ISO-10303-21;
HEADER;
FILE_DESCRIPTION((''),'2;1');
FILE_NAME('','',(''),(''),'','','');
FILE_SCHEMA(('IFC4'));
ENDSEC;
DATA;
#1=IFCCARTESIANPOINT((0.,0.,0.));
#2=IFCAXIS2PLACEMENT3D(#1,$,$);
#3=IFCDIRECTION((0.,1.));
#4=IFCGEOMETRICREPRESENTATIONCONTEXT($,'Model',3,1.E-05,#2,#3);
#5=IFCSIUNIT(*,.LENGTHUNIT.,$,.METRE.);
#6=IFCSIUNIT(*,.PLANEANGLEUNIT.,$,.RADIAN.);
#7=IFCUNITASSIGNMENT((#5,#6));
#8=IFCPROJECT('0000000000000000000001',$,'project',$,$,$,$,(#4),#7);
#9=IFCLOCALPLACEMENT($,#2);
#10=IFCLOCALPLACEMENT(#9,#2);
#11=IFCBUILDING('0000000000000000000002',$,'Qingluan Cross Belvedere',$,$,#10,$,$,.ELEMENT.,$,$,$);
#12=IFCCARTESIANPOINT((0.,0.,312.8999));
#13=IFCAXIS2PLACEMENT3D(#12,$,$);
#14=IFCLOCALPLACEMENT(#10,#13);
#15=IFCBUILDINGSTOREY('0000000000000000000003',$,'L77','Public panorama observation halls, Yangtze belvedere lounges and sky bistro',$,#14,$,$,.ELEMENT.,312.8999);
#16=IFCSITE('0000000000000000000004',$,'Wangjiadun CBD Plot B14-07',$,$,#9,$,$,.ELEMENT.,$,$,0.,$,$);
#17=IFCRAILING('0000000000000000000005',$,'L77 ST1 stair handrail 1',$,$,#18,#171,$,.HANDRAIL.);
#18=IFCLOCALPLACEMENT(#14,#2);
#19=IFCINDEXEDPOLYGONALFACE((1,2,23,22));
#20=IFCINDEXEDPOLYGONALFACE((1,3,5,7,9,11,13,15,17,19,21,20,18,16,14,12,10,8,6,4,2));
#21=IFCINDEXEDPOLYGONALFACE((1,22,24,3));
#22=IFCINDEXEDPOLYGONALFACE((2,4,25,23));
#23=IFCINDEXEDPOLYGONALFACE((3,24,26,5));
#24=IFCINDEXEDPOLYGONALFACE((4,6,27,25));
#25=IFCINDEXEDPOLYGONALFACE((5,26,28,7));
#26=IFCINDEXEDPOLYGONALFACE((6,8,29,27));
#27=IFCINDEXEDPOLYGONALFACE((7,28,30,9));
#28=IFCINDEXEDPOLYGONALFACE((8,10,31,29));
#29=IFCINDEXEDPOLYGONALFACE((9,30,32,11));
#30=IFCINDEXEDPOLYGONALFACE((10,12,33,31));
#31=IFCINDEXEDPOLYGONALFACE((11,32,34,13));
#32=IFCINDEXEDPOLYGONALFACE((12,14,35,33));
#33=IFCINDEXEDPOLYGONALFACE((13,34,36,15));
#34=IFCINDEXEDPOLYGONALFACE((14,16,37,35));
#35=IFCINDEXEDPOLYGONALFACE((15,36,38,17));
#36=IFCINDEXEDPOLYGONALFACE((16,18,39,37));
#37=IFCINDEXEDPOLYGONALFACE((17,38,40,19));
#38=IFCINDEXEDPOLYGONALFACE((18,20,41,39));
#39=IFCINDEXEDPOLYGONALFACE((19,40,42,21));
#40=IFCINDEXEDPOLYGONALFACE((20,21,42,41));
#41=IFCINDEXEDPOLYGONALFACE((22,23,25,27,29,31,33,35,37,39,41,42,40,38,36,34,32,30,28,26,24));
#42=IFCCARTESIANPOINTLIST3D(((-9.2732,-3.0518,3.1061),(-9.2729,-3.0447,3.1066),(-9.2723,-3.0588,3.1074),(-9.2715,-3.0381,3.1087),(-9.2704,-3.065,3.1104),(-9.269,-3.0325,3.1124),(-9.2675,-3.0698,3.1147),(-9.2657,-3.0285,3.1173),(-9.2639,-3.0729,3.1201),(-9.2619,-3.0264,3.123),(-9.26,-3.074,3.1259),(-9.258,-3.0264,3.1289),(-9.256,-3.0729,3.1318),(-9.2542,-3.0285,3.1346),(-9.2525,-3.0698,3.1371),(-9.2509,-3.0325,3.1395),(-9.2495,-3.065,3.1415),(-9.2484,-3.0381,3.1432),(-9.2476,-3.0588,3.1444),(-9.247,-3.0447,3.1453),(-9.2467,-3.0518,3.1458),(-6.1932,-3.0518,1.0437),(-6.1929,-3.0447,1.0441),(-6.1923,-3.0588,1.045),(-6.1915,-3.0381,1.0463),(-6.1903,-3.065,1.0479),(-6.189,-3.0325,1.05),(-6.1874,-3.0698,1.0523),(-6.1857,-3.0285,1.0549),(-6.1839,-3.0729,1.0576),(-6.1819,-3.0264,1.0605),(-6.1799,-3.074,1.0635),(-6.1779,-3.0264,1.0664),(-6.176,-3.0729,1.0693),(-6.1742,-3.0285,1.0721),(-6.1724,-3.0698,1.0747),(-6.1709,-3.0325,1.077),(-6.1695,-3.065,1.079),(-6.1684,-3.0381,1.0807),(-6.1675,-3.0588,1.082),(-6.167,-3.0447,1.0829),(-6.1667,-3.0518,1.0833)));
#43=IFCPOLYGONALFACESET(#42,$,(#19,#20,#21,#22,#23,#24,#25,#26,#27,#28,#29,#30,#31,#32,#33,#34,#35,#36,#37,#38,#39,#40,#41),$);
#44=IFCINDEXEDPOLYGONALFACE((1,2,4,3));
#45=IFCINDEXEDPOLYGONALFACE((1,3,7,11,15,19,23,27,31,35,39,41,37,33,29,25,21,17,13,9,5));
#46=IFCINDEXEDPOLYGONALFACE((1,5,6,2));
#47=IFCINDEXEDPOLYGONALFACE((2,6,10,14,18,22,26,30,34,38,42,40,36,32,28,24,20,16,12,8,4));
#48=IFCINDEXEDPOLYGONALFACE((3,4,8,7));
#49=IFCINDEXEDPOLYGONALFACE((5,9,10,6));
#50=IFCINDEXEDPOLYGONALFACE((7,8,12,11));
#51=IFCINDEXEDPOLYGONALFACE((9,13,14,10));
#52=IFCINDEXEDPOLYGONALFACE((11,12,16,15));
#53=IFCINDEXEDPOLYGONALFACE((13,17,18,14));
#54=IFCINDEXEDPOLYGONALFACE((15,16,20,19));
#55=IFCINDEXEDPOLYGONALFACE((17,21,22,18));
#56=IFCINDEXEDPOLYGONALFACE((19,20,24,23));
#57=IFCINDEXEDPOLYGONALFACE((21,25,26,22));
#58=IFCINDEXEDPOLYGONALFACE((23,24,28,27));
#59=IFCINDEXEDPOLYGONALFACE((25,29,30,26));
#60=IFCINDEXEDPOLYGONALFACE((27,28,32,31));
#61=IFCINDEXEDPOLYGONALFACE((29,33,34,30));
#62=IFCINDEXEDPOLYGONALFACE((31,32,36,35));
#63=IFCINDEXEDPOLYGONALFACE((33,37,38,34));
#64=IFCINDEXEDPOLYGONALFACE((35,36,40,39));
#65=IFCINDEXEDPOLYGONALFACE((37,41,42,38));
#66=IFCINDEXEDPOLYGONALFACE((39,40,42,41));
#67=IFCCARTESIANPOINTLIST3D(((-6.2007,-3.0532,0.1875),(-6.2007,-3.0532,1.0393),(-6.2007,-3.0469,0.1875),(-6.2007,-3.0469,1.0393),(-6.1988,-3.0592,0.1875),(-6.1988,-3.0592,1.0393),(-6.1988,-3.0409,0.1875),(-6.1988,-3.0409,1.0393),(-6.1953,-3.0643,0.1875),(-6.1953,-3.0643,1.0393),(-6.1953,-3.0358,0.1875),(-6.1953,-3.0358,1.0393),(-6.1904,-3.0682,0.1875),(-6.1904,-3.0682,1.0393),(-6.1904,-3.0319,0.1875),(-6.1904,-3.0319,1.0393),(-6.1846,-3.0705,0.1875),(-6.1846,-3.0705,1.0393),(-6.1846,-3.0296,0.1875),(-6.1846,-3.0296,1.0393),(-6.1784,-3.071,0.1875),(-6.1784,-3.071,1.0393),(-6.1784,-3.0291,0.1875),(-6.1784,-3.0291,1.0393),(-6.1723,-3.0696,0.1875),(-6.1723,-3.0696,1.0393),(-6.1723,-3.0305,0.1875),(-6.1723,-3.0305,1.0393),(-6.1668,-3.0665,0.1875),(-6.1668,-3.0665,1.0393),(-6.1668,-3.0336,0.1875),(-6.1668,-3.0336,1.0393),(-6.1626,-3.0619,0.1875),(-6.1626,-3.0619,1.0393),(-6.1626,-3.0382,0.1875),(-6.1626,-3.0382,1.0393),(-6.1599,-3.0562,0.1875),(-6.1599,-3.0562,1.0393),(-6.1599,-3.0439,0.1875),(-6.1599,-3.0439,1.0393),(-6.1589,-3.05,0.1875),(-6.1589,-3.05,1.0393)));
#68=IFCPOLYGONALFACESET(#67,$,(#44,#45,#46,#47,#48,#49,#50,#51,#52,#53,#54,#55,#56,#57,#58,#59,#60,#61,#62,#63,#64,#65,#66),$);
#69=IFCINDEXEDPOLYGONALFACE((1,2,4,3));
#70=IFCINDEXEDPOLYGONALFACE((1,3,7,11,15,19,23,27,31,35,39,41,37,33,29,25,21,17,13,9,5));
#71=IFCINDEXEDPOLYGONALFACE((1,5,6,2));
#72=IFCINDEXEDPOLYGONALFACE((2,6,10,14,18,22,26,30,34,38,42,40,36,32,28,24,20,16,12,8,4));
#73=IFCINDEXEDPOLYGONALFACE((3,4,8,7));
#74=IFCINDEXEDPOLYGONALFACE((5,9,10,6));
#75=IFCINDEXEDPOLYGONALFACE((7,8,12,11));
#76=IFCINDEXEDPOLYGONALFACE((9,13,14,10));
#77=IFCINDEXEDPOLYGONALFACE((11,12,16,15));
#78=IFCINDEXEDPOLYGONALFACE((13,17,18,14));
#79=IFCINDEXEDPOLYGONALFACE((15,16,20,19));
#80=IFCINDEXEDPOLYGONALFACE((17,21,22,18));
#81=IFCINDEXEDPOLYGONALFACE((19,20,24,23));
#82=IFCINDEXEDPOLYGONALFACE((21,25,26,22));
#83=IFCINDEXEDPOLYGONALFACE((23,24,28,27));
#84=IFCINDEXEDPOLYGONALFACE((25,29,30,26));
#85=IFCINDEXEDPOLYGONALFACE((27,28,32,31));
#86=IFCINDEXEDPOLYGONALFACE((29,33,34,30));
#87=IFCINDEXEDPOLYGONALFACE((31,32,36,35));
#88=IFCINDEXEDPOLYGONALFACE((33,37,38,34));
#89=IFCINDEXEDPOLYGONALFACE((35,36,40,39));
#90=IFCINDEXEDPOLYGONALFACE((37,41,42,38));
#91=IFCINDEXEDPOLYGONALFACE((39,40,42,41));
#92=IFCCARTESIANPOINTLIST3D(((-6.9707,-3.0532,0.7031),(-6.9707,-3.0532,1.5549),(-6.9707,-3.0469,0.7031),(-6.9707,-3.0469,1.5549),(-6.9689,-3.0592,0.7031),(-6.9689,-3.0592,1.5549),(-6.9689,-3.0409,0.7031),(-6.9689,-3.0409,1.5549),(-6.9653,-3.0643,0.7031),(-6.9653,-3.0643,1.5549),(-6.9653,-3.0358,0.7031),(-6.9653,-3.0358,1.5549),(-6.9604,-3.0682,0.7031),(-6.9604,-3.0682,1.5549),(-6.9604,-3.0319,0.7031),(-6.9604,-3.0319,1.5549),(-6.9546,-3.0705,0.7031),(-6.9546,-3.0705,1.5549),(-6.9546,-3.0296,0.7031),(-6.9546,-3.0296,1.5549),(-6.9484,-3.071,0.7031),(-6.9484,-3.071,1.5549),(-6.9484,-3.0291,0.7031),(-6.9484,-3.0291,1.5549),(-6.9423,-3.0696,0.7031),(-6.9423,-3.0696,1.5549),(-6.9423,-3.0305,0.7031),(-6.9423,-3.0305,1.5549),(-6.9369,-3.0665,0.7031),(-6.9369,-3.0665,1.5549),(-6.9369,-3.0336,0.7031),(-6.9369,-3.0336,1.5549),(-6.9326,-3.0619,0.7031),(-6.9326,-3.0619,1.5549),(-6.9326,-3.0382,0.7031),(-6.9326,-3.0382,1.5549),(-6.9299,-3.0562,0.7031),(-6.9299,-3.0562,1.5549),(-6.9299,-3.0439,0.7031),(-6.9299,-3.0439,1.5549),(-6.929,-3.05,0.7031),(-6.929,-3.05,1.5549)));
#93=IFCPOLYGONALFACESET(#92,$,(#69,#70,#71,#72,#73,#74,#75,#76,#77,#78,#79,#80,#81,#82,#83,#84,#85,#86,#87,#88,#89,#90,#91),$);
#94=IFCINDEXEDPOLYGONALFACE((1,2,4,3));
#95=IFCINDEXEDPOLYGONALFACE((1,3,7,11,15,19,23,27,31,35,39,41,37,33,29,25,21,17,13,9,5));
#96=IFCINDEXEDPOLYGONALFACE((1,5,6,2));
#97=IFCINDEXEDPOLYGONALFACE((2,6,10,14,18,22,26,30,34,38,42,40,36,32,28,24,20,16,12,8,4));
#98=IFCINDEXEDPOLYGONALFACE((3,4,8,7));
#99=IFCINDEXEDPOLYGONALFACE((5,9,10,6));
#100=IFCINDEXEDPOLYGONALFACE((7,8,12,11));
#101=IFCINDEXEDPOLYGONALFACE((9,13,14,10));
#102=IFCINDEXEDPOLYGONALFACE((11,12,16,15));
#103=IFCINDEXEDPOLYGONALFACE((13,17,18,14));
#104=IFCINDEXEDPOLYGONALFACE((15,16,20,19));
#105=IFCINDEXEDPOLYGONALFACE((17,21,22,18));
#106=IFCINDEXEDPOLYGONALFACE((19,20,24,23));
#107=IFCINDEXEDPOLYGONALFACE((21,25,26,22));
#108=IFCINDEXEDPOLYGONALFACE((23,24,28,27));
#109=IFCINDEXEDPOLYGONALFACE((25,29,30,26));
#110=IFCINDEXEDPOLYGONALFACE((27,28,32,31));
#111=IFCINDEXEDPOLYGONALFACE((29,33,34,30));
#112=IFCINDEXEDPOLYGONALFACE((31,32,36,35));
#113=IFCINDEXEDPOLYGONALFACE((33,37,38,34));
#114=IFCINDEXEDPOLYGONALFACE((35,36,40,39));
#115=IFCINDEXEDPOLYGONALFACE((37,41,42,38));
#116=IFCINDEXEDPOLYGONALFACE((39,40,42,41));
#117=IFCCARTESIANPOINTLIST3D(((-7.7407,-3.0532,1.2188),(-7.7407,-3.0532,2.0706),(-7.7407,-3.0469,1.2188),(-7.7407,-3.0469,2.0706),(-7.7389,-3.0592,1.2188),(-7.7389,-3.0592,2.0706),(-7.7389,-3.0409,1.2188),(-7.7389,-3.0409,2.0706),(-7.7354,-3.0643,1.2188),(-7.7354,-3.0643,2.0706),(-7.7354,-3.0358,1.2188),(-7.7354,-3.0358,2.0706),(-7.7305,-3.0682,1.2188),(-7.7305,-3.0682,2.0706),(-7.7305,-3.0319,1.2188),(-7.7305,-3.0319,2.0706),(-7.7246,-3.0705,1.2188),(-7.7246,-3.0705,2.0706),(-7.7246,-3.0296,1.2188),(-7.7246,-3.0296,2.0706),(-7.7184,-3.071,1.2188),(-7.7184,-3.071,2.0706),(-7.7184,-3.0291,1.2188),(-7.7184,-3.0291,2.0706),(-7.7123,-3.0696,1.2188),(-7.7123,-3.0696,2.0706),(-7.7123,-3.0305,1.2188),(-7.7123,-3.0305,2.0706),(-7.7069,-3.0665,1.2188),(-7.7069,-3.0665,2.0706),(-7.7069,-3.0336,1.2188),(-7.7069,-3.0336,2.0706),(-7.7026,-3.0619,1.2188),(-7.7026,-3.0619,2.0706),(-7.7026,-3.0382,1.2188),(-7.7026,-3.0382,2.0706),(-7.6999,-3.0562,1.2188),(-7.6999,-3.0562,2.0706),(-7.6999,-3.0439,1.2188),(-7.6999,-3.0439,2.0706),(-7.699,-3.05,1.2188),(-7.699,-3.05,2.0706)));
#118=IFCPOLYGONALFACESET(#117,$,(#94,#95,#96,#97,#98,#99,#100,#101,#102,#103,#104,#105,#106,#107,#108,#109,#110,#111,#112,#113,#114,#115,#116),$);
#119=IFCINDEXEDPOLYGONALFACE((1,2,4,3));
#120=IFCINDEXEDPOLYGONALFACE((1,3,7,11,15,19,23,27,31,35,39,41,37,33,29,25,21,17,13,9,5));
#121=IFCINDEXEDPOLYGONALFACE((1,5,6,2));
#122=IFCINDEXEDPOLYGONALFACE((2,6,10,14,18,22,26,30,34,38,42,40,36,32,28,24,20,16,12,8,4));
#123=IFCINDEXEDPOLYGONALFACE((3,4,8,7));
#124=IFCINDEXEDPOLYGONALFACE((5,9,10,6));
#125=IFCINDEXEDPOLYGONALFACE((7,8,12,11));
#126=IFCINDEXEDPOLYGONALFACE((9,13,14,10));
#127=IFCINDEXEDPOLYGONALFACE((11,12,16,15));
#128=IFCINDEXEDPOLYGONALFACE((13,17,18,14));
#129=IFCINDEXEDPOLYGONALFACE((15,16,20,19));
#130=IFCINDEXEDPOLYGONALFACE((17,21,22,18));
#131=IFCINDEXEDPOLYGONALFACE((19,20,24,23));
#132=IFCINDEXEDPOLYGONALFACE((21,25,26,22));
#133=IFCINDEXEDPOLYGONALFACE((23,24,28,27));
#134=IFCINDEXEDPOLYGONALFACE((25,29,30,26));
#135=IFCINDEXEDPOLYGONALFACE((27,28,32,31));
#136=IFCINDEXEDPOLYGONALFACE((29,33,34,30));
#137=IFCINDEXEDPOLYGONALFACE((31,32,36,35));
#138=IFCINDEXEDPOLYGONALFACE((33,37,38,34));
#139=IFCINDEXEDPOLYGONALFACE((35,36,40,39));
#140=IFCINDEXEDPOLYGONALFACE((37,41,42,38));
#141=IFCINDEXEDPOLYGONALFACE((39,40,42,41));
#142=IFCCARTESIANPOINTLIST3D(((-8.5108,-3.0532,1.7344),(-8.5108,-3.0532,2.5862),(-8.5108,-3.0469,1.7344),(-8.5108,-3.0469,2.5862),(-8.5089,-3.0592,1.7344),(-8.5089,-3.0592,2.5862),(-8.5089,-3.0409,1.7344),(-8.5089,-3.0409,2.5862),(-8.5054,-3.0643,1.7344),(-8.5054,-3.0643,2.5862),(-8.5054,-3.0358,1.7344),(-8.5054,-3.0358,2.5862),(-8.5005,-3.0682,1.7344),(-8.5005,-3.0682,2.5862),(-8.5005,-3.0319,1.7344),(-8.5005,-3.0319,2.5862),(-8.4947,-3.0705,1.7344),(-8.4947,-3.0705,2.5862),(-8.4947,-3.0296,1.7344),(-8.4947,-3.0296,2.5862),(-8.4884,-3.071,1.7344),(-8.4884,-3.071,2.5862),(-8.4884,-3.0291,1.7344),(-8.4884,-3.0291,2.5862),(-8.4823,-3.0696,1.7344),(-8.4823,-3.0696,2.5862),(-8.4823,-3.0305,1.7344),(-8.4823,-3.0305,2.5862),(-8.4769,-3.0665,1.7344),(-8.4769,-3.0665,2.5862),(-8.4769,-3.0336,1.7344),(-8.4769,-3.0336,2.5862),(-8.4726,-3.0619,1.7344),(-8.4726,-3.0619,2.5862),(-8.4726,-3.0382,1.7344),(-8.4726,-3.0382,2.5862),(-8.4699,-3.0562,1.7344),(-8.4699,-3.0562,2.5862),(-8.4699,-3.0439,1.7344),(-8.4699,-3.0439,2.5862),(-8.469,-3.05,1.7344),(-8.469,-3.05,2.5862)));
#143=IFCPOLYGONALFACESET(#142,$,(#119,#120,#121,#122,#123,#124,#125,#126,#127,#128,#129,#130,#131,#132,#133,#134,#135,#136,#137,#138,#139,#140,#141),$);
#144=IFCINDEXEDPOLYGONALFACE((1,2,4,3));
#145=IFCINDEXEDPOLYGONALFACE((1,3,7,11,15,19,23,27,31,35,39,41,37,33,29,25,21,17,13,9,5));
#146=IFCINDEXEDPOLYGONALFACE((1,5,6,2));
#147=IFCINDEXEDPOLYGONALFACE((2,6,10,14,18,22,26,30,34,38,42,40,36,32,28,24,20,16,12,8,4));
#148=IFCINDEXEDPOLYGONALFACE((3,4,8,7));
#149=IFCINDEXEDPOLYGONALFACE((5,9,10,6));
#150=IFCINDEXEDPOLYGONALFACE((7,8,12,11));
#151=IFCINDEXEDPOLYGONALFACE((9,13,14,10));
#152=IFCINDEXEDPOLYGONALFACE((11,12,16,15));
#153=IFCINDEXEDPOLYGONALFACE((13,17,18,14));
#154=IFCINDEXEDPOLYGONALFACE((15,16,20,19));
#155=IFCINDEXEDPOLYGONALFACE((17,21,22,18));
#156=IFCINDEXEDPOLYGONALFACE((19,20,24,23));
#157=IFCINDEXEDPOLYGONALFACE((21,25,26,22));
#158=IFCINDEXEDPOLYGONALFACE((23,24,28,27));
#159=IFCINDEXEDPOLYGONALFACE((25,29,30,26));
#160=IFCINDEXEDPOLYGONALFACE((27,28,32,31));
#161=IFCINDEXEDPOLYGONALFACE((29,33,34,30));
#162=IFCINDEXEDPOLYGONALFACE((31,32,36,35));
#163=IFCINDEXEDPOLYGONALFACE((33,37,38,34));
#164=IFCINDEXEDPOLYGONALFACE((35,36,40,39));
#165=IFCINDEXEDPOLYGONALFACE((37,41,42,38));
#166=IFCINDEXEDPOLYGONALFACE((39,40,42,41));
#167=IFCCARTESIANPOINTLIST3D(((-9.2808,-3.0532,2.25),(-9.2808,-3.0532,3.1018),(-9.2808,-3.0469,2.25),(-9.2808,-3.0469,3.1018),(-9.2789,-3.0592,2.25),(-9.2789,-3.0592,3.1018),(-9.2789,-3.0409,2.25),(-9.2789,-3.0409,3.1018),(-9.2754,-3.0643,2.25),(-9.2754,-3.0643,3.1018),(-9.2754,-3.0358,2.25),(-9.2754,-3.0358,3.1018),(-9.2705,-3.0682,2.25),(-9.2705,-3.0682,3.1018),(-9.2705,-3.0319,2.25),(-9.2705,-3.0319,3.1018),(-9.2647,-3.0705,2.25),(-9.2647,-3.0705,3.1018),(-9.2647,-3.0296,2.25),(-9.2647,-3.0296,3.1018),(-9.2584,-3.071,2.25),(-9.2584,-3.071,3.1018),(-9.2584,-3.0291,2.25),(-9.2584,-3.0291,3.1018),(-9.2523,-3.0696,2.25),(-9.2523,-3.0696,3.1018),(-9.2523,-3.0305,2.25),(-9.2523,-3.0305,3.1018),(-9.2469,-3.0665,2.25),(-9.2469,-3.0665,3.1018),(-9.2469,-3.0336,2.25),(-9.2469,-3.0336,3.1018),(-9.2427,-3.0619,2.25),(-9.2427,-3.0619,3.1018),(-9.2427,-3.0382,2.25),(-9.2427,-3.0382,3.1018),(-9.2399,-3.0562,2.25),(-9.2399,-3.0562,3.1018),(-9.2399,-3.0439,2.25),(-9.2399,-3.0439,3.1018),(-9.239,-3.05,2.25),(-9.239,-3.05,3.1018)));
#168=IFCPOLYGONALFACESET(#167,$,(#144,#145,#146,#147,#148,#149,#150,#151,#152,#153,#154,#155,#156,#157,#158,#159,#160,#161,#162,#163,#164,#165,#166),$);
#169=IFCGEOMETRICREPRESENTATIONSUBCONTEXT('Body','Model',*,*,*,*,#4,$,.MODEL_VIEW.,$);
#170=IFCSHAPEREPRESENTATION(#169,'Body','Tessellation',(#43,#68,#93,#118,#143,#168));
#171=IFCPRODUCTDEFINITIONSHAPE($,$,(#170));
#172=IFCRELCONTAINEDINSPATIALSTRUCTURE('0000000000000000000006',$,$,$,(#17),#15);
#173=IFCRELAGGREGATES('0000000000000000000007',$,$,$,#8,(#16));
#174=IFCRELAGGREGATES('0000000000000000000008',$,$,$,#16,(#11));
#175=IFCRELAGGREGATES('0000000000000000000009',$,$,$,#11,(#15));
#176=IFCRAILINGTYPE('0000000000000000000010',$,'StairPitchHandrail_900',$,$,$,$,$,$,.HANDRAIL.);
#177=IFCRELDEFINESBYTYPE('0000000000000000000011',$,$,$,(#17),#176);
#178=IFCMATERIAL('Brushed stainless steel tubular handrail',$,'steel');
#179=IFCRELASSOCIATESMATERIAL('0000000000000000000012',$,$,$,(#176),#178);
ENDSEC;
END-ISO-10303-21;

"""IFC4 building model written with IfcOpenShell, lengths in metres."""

from ifc_helpers import new_model, si_unit, direction, frame, origin, origin_2d, place, context, subcontext, project, spatial, circle, extrude, material, type_object, element, save


model = new_model("IFC4")

# Units and contexts
model_context = context("Model", 3, precision=1e-05, world=origin(), true_north=direction((0.0, 1.0)))
body_context = subcontext(model_context, "Body", "Model", "MODEL_VIEW")
ifc_project = project(units=[si_unit("LENGTHUNIT", "METRE"), si_unit("PLANEANGLEUNIT", "RADIAN")], contexts=[model_context])

# Site, building, storey
site_placement = place(None, origin())
site = spatial("IfcSite", under=ifc_project, at=site_placement, Name="Wangjiadun CBD Plot B14-07", CompositionType="ELEMENT", RefElevation=0.0)
building_placement = place(site_placement, origin())
building = spatial("IfcBuilding", under=site, at=building_placement, Name="Qingluan Cross Belvedere", CompositionType="ELEMENT")
storey_placement = place(building_placement, frame((0.0, 0.0, 312.8999)))
storey = spatial("IfcBuildingStorey", under=building, at=storey_placement, Name="L77", Description="Public panorama observation halls, Yangtze belvedere lounges and sky bistro", CompositionType="ELEMENT", Elevation=312.8999)

# Railing
ifc_material_1 = material(Name="Brushed stainless steel tubular handrail", Category="steel")
railing_type_1 = type_object("IfcRailingType", Name="StairPitchHandrail_900", PredefinedType="HANDRAIL", material=ifc_material_1)
railing_1_placement = place(storey_placement, frame((-6.1799, -3.05, 0.1875)))
element("IfcRailing", 1, at=railing_1_placement, inside=storey, type_object=railing_type_1, Name="L77 ST1 stair handrail 1", PredefinedType="HANDRAIL", context=body_context, shape_type="SweptSolid", body=[
    extrude(circle(Radius=0.0239, at=origin_2d()), frame((0.0, 0.0, 0.876), z_axis=(-0.830914, 0.0, 0.556401), x_axis=(0.0, -1.0, 0.0)), (0.0, 0.0, 1.0), 3.7068),
    extrude(circle(Radius=0.021, at=origin_2d()), origin(), (0.0, 0.0, 1.0), 0.8518),
    extrude(circle(Radius=0.021, at=origin_2d()), frame((-0.77, 0.0, 0.5156)), (0.0, 0.0, 1.0), 0.8518),
    extrude(circle(Radius=0.021, at=origin_2d()), frame((-1.54, 0.0, 1.0312)), (0.0, 0.0, 1.0), 0.8518),
    extrude(circle(Radius=0.021, at=origin_2d()), frame((-2.3101, 0.0, 1.5469)), (0.0, 0.0, 1.0), 0.8518),
    extrude(circle(Radius=0.021, at=origin_2d()), frame((-3.0801, 0.0, 2.0625)), (0.0, 0.0, 1.0), 0.8518),
])

save(model, "model.ifc")
